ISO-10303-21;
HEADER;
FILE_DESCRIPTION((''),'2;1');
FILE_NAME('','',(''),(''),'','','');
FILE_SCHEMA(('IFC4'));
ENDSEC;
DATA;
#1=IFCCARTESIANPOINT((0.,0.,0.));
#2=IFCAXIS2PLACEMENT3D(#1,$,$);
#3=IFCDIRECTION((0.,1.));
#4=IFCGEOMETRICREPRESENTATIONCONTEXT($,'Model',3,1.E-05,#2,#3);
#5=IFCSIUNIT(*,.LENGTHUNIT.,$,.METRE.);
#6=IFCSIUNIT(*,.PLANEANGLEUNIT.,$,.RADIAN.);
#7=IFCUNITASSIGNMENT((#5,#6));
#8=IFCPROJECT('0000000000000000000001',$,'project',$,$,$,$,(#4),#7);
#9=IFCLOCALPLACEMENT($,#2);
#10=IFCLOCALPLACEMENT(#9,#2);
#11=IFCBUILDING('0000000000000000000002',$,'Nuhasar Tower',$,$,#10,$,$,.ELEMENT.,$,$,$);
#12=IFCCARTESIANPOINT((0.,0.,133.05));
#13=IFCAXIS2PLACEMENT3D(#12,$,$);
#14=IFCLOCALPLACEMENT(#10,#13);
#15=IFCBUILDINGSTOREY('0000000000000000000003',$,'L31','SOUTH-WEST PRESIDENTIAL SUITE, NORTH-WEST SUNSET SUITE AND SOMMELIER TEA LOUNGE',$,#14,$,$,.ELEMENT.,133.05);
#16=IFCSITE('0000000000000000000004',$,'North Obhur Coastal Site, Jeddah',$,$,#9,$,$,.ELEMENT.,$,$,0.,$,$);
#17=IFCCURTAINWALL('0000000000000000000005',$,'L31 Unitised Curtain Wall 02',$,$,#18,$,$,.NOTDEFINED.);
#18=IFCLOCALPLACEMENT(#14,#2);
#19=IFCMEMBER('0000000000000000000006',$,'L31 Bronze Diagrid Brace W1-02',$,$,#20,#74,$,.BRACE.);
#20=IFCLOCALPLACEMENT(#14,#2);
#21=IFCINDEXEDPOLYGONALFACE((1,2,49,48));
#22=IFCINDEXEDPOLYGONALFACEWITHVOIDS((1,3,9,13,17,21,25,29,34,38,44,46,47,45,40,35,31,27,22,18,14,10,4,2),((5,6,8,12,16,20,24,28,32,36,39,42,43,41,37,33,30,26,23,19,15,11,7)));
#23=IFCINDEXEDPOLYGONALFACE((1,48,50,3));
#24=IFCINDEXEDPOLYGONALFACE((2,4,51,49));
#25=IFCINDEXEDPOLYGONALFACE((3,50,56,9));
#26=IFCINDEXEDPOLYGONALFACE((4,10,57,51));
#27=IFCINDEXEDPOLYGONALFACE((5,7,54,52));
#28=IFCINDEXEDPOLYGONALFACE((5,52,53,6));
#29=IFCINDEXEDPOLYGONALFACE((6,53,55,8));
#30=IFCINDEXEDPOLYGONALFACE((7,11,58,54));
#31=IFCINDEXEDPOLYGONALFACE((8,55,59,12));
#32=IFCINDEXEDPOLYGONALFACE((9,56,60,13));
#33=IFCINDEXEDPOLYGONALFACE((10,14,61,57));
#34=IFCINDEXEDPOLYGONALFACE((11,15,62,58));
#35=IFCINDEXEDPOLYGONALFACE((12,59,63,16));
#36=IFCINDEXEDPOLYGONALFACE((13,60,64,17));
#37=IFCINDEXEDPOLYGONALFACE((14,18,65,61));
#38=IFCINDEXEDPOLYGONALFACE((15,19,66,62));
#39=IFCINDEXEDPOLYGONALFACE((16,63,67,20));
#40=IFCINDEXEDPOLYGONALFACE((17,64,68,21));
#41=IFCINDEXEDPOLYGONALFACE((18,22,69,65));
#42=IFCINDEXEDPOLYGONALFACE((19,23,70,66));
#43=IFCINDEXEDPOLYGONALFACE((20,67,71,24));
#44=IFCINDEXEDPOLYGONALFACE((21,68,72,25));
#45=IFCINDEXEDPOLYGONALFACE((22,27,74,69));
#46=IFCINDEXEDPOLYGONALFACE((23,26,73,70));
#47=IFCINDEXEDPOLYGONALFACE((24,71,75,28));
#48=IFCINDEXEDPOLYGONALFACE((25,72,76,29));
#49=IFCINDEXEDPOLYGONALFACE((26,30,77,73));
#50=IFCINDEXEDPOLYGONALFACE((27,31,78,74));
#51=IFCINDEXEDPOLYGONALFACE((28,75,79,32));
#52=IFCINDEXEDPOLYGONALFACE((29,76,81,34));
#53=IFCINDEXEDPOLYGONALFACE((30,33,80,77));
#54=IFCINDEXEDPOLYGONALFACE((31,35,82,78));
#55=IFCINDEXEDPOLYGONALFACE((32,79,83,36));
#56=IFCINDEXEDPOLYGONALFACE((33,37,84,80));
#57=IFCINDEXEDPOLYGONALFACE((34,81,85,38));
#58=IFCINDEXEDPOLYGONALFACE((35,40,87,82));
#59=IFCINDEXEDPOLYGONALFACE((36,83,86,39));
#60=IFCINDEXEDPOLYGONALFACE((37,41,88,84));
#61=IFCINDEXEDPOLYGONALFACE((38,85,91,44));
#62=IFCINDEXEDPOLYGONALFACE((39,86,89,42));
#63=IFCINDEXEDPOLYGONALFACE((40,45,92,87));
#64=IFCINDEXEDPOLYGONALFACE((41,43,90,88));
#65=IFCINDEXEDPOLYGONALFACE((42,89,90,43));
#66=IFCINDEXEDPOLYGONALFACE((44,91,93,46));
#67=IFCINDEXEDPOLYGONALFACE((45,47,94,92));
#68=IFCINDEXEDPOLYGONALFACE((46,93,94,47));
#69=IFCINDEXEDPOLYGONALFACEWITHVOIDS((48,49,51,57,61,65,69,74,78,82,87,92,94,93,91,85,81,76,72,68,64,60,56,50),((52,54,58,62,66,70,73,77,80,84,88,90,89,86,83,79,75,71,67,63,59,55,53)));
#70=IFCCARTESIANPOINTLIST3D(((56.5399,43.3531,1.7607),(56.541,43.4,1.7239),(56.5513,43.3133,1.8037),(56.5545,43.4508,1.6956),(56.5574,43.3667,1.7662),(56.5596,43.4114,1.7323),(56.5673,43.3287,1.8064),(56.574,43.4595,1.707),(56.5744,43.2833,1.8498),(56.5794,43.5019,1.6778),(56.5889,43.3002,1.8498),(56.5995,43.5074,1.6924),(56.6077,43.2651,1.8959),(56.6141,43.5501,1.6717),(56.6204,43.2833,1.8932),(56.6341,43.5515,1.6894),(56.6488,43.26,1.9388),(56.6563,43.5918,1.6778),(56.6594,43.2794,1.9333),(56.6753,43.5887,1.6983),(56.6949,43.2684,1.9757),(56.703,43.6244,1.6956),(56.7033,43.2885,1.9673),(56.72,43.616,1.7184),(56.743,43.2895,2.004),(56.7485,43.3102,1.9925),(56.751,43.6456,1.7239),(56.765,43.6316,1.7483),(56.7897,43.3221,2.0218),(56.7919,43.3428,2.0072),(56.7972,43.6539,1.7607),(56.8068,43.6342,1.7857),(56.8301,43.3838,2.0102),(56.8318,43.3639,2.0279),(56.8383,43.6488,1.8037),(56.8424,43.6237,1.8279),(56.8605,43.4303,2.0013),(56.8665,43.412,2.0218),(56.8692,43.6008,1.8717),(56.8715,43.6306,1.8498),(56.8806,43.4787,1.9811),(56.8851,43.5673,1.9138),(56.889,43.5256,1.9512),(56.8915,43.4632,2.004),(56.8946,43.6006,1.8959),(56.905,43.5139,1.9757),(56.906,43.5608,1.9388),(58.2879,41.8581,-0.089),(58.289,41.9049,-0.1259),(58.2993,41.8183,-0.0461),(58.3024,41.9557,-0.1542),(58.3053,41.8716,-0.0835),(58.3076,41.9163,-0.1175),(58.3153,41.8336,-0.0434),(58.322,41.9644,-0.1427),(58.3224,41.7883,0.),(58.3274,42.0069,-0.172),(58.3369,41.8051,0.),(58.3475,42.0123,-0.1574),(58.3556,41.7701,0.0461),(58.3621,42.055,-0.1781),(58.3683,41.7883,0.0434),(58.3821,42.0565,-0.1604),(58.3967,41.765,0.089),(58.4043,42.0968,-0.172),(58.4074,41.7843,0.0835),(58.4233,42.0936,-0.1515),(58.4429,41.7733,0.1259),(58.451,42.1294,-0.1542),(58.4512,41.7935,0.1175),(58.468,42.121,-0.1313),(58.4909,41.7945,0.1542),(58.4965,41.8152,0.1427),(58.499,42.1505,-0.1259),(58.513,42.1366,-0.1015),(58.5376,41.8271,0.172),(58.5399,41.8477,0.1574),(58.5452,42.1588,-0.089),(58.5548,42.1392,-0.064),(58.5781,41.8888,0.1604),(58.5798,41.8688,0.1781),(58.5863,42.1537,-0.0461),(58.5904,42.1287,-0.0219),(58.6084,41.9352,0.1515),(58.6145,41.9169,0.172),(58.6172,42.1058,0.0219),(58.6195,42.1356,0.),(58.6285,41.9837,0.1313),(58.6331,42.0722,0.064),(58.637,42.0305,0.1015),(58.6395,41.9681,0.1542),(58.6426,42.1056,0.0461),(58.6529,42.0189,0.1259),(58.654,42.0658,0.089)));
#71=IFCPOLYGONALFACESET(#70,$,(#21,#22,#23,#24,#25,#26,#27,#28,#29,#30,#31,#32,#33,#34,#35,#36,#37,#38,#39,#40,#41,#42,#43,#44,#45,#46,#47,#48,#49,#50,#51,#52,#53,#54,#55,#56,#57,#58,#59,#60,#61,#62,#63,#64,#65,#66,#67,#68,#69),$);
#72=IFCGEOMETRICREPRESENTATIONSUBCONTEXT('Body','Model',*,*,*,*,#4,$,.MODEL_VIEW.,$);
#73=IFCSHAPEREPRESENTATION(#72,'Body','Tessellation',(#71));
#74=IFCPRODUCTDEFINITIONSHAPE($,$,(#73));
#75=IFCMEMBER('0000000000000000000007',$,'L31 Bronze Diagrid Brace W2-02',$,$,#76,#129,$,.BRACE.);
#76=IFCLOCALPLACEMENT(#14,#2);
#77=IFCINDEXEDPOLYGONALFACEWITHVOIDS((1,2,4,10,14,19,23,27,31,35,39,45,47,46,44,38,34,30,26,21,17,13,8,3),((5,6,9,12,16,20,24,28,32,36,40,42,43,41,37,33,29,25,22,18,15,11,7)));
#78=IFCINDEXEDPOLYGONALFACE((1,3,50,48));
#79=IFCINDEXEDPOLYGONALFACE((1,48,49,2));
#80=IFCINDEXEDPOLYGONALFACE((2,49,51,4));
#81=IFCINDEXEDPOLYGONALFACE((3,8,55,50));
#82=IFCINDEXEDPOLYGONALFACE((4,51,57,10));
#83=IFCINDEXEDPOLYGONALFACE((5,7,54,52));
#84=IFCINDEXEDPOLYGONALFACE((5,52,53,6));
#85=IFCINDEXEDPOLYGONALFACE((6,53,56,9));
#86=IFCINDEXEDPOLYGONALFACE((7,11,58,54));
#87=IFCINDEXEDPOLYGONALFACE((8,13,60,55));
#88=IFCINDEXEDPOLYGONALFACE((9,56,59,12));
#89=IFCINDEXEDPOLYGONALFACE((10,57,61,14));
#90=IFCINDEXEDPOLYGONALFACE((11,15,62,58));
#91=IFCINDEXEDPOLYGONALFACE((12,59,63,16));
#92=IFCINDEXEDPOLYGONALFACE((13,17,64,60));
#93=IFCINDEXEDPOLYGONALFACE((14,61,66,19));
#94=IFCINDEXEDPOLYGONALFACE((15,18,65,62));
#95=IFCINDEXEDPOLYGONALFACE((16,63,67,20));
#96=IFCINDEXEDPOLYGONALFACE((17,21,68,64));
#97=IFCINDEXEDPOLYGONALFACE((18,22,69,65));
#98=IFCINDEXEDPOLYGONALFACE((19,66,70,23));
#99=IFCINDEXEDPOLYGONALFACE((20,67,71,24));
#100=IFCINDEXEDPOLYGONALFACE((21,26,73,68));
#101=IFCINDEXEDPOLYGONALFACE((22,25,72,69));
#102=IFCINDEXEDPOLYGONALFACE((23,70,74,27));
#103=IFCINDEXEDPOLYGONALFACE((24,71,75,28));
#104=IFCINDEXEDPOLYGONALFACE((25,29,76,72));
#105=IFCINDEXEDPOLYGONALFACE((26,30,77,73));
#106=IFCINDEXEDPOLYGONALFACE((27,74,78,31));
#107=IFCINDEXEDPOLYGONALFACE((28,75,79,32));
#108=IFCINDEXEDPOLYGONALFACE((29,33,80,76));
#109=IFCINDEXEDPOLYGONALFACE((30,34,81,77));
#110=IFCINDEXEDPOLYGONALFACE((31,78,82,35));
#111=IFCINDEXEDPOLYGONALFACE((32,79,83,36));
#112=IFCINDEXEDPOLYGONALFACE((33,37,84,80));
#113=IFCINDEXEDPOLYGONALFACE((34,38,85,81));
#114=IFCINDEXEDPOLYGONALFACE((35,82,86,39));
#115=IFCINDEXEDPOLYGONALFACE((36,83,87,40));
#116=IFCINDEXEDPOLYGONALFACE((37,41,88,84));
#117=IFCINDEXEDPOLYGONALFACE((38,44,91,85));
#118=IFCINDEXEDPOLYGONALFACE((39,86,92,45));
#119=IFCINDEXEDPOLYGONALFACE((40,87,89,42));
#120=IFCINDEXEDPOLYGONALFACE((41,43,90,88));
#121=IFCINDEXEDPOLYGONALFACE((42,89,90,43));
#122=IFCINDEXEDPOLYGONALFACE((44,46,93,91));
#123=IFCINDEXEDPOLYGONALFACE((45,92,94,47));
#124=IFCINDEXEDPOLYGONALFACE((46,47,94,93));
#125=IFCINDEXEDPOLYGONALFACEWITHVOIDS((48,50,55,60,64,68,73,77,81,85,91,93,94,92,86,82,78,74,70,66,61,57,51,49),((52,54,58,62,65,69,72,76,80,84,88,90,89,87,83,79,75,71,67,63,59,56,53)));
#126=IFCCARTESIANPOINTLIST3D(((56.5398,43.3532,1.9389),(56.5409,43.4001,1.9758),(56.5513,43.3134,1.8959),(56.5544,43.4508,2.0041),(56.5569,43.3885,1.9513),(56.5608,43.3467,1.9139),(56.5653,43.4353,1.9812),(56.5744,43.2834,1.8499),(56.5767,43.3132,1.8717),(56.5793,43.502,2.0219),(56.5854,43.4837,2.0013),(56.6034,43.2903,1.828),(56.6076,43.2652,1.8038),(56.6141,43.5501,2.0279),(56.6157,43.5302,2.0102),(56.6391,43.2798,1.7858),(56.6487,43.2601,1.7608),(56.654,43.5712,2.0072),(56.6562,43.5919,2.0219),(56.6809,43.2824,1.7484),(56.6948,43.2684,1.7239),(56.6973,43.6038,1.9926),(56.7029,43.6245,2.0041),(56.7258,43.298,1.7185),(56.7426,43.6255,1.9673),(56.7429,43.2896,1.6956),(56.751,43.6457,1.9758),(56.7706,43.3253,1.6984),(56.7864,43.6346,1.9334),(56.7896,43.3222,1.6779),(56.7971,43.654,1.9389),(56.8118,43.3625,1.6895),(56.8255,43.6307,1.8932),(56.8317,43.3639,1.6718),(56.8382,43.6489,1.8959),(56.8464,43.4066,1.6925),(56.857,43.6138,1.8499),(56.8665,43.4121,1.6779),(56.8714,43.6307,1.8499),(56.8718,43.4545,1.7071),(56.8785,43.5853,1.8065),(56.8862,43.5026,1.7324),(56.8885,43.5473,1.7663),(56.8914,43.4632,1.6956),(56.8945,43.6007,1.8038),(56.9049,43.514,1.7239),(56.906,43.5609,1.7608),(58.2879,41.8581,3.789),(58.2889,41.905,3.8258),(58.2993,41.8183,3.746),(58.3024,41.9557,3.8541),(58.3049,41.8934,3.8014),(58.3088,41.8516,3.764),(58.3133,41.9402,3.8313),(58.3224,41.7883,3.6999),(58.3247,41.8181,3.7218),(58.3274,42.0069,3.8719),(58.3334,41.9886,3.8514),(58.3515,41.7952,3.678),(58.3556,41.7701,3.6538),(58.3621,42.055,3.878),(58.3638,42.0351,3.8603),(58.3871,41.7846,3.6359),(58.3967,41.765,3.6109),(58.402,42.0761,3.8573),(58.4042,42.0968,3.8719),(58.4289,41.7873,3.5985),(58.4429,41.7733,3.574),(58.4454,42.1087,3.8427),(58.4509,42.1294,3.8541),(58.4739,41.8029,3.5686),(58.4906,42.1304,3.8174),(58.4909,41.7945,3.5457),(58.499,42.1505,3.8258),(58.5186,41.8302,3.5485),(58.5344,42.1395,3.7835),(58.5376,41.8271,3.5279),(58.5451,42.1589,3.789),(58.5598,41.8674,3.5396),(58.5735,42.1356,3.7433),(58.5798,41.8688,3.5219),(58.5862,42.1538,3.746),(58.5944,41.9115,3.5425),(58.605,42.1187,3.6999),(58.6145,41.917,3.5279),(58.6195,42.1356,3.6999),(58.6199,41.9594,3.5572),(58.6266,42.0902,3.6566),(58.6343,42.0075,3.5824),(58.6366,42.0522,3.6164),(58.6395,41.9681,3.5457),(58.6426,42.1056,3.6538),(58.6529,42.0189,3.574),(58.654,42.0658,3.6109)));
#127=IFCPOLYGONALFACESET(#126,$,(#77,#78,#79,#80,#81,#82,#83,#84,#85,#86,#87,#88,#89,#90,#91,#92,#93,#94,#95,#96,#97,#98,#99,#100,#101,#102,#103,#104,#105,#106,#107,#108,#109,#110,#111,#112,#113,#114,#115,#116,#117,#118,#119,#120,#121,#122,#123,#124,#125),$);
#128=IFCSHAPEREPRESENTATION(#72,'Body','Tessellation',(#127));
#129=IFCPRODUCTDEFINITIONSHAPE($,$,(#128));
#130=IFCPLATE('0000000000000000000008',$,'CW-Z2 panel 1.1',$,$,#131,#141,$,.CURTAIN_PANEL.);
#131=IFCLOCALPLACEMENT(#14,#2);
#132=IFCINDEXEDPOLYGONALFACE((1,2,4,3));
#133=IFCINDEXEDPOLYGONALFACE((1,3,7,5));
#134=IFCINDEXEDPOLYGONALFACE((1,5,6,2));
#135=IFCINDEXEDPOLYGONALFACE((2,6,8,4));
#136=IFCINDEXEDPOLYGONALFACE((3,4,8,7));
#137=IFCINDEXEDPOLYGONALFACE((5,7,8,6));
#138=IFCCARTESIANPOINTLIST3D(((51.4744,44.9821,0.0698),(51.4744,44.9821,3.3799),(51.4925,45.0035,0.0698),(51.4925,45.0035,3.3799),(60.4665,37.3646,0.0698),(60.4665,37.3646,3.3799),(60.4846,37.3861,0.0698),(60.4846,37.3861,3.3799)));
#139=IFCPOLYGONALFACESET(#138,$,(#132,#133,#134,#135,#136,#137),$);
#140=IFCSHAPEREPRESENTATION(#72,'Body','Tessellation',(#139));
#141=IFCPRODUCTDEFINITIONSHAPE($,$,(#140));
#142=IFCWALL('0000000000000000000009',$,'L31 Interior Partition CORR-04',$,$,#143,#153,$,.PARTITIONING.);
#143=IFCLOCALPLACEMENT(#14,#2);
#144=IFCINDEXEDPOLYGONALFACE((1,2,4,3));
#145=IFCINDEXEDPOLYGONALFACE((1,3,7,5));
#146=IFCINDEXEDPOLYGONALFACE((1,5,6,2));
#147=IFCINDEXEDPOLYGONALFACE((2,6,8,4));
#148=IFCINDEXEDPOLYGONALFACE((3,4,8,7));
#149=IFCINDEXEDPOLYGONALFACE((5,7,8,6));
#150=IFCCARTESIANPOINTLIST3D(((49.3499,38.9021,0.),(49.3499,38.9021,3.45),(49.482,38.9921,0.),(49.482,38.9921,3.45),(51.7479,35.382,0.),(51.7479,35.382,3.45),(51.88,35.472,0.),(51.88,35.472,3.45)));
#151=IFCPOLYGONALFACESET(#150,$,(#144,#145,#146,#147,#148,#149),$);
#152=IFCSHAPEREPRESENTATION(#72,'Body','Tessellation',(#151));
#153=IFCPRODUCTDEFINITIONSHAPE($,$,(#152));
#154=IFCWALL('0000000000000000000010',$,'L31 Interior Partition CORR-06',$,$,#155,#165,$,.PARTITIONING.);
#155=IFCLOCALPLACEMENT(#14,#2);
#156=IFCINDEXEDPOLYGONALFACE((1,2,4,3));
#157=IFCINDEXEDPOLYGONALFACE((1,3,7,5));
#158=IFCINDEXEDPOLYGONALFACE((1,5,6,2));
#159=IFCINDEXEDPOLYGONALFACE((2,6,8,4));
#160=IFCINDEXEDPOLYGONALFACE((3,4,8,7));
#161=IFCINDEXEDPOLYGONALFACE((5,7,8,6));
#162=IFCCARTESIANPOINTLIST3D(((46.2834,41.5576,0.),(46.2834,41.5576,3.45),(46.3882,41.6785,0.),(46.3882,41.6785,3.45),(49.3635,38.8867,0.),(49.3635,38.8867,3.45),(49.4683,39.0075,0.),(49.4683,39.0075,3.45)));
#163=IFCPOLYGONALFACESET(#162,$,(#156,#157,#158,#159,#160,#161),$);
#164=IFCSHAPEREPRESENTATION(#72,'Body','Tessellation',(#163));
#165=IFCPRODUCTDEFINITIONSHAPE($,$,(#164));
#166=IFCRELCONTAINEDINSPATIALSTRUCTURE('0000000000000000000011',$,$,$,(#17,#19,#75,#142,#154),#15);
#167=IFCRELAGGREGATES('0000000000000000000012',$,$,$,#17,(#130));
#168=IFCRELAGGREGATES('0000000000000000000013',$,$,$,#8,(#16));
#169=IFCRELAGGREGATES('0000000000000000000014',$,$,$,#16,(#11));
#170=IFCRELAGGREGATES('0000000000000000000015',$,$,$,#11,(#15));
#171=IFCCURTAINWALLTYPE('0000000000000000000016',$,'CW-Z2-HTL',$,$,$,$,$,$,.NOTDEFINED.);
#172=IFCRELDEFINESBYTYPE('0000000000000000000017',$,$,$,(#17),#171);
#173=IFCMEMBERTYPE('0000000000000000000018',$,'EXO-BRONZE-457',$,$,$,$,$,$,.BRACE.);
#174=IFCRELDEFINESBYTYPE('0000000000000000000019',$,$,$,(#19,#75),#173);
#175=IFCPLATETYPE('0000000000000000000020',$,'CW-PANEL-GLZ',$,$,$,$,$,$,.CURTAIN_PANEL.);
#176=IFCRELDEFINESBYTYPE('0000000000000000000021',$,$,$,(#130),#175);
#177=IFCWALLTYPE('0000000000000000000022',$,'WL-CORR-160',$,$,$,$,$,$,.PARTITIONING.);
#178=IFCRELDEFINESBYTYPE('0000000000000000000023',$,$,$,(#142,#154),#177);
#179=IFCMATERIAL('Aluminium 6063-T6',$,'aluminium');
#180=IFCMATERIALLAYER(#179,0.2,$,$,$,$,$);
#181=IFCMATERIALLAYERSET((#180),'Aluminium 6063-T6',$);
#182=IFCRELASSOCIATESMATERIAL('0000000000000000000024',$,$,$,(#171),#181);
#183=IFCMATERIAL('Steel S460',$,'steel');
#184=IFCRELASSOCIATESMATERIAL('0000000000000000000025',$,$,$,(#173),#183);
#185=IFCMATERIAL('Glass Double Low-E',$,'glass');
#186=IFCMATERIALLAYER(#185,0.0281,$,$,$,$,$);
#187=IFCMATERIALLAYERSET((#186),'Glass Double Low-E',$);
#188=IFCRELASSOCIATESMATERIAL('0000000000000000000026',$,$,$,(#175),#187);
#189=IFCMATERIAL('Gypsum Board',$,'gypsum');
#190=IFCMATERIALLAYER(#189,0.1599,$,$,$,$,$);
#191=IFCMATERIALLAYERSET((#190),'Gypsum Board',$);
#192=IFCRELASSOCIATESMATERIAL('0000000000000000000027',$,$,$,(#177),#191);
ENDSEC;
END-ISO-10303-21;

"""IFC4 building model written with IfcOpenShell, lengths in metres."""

from ifc_helpers import new_model, si_unit, direction, frame, frame_2d, origin, origin_2d, place, context, subcontext, project, spatial, rectangle, hollow_circle, extrude, material, layer, layer_set, material_profile, profile_set, type_object, element, aggregate, save


model = new_model("IFC4")

# Units and contexts
model_context = context("Model", 3, precision=1e-05, world=origin(), true_north=direction((0.0, 1.0)))
body_context = subcontext(model_context, "Body", "Model", "MODEL_VIEW")
ifc_project = project(units=[si_unit("LENGTHUNIT", "METRE"), si_unit("PLANEANGLEUNIT", "RADIAN")], contexts=[model_context])

# Site, building, storey
site_placement = place(None, origin())
site = spatial("IfcSite", under=ifc_project, at=site_placement, Name="North Obhur Coastal Site, Jeddah", CompositionType="ELEMENT", RefElevation=0.0)
building_placement = place(site_placement, origin())
building = spatial("IfcBuilding", under=site, at=building_placement, Name="Nuhasar Tower", CompositionType="ELEMENT")
storey_placement = place(building_placement, frame((0.0, 0.0, 133.05)))
storey = spatial("IfcBuildingStorey", under=building, at=storey_placement, Name="L31", Description="SOUTH-WEST PRESIDENTIAL SUITE, NORTH-WEST SUNSET SUITE AND SOMMELIER TEA LOUNGE", CompositionType="ELEMENT", Elevation=133.05)

# Shared definitions
ifc_material_1 = material(Name="Aluminium 6063-T6", Category="aluminium")
ifc_layer_1 = layer(ifc_material_1, 0.2)
ifc_layer_set_1 = layer_set([ifc_layer_1], Name="Aluminium 6063-T6")
curtain_wall_type = type_object("IfcCurtainWallType", Name="CW-Z2-HTL", PredefinedType="NOTDEFINED", material=ifc_layer_set_1)

# Curtain wall
curtain_wall_1_placement = place(storey_placement, origin())
curtain_wall_1 = element("IfcCurtainWall", 1, at=curtain_wall_1_placement, inside=storey, type_object=curtain_wall_type, Name="L31 Unitised Curtain Wall 02", PredefinedType="NOTDEFINED")

# Members
ifc_material_2 = material(Name="Steel S460", Category="steel")
ifc_material_profile_1 = material_profile(ifc_material_2, hollow_circle(Radius=0.2285, WallThickness=0.0222, at=origin_2d()), Name="HSS457X22.2")
ifc_profile_set_1 = profile_set([ifc_material_profile_1], Name="Steel S460")
member_type_1 = type_object("IfcMemberType", Name="EXO-BRONZE-457", PredefinedType="BRACE", material=ifc_profile_set_1)
member_1_placement = place(storey_placement, frame((58.4709, 41.9619, 0.0), z_axis=(-0.592201, 0.506514, 0.626691), x_axis=(-0.649987, -0.759945, 0.0)))
element("IfcMember", 2, at=member_1_placement, inside=storey, type_object=member_type_1, Name="L31 Bronze Diagrid Brace W1-02", PredefinedType="BRACE", context=body_context, shape_type="SweptSolid", body=[
    extrude(hollow_circle(Radius=0.2285, WallThickness=0.0222, at=origin_2d()), origin(), (0.0, 0.0, 1.0), 2.9517),
])
member_2_placement = place(storey_placement, frame((56.7229, 43.457, 1.8499), z_axis=(0.59217, -0.506488, 0.626741), x_axis=(0.649987, 0.759945, 0.0)))
element("IfcMember", 3, at=member_2_placement, inside=storey, type_object=member_type_1, Name="L31 Bronze Diagrid Brace W2-02", PredefinedType="BRACE", context=body_context, shape_type="SweptSolid", body=[
    extrude(hollow_circle(Radius=0.2285, WallThickness=0.0222, at=origin_2d()), origin(), (0.0, 0.0, 1.0), 2.9519),
])

# Plate
ifc_material_3 = material(Name="Glass Double Low-E", Category="glass")
ifc_layer_2 = layer(ifc_material_3, 0.0281)
ifc_layer_set_2 = layer_set([ifc_layer_2], Name="Glass Double Low-E")
plate_type = type_object("IfcPlateType", Name="CW-PANEL-GLZ", PredefinedType="CURTAIN_PANEL", material=ifc_layer_set_2)
plate_placement = place(storey_placement, frame((55.9795, 41.1841, 0.0698), z_axis=(0.0, 0.0, 1.0), x_axis=(-0.76302, 0.646374, 0.0)))
plate = element("IfcPlate", 4, at=plate_placement, type_object=plate_type, Name="CW-Z2 panel 1.1", PredefinedType="CURTAIN_PANEL", context=body_context, shape_type="SweptSolid", body=[
    extrude(rectangle(XDim=11.7849, YDim=0.0281, at=origin_2d()), origin(), (0.0, 0.0, 1.0), 3.3101),
])
aggregate(curtain_wall_1, [plate])

# Shared definitions
ifc_material_4 = material(Name="Gypsum Board", Category="gypsum")
ifc_layer_3 = layer(ifc_material_4, 0.1599)
ifc_layer_set_3 = layer_set([ifc_layer_3], Name="Gypsum Board")
wall_type = type_object("IfcWallType", Name="WL-CORR-160", PredefinedType="PARTITIONING", material=ifc_layer_set_3)

# Walls
wall_1_placement = place(storey_placement, frame((51.814, 35.427, 0.0), z_axis=(0.0, 0.0, 1.0), x_axis=(-0.563006, 0.826453, 0.0)))
element("IfcWall", 5, at=wall_1_placement, inside=storey, type_object=wall_type, Name="L31 Interior Partition CORR-04", PredefinedType="PARTITIONING", context=body_context, shape_type="SweptSolid", body=[
    extrude(rectangle(XDim=4.2593, YDim=0.1599, at=frame_2d((2.1296, 0.0))), origin(), (0.0, 0.0, 1.0), 3.45),
])
wall_2_placement = place(storey_placement, frame((49.416, 38.947, 0.0), z_axis=(0.0, 0.0, 1.0), x_axis=(-0.755507, 0.65514, 0.0)))
element("IfcWall", 6, at=wall_2_placement, inside=storey, type_object=wall_type, Name="L31 Interior Partition CORR-06", PredefinedType="PARTITIONING", context=body_context, shape_type="SweptSolid", body=[
    extrude(rectangle(XDim=4.0769, YDim=0.1599, at=frame_2d((2.0386, 0.0))), origin(), (0.0, 0.0, 1.0), 3.45),
])

save(model, "model.ifc")
